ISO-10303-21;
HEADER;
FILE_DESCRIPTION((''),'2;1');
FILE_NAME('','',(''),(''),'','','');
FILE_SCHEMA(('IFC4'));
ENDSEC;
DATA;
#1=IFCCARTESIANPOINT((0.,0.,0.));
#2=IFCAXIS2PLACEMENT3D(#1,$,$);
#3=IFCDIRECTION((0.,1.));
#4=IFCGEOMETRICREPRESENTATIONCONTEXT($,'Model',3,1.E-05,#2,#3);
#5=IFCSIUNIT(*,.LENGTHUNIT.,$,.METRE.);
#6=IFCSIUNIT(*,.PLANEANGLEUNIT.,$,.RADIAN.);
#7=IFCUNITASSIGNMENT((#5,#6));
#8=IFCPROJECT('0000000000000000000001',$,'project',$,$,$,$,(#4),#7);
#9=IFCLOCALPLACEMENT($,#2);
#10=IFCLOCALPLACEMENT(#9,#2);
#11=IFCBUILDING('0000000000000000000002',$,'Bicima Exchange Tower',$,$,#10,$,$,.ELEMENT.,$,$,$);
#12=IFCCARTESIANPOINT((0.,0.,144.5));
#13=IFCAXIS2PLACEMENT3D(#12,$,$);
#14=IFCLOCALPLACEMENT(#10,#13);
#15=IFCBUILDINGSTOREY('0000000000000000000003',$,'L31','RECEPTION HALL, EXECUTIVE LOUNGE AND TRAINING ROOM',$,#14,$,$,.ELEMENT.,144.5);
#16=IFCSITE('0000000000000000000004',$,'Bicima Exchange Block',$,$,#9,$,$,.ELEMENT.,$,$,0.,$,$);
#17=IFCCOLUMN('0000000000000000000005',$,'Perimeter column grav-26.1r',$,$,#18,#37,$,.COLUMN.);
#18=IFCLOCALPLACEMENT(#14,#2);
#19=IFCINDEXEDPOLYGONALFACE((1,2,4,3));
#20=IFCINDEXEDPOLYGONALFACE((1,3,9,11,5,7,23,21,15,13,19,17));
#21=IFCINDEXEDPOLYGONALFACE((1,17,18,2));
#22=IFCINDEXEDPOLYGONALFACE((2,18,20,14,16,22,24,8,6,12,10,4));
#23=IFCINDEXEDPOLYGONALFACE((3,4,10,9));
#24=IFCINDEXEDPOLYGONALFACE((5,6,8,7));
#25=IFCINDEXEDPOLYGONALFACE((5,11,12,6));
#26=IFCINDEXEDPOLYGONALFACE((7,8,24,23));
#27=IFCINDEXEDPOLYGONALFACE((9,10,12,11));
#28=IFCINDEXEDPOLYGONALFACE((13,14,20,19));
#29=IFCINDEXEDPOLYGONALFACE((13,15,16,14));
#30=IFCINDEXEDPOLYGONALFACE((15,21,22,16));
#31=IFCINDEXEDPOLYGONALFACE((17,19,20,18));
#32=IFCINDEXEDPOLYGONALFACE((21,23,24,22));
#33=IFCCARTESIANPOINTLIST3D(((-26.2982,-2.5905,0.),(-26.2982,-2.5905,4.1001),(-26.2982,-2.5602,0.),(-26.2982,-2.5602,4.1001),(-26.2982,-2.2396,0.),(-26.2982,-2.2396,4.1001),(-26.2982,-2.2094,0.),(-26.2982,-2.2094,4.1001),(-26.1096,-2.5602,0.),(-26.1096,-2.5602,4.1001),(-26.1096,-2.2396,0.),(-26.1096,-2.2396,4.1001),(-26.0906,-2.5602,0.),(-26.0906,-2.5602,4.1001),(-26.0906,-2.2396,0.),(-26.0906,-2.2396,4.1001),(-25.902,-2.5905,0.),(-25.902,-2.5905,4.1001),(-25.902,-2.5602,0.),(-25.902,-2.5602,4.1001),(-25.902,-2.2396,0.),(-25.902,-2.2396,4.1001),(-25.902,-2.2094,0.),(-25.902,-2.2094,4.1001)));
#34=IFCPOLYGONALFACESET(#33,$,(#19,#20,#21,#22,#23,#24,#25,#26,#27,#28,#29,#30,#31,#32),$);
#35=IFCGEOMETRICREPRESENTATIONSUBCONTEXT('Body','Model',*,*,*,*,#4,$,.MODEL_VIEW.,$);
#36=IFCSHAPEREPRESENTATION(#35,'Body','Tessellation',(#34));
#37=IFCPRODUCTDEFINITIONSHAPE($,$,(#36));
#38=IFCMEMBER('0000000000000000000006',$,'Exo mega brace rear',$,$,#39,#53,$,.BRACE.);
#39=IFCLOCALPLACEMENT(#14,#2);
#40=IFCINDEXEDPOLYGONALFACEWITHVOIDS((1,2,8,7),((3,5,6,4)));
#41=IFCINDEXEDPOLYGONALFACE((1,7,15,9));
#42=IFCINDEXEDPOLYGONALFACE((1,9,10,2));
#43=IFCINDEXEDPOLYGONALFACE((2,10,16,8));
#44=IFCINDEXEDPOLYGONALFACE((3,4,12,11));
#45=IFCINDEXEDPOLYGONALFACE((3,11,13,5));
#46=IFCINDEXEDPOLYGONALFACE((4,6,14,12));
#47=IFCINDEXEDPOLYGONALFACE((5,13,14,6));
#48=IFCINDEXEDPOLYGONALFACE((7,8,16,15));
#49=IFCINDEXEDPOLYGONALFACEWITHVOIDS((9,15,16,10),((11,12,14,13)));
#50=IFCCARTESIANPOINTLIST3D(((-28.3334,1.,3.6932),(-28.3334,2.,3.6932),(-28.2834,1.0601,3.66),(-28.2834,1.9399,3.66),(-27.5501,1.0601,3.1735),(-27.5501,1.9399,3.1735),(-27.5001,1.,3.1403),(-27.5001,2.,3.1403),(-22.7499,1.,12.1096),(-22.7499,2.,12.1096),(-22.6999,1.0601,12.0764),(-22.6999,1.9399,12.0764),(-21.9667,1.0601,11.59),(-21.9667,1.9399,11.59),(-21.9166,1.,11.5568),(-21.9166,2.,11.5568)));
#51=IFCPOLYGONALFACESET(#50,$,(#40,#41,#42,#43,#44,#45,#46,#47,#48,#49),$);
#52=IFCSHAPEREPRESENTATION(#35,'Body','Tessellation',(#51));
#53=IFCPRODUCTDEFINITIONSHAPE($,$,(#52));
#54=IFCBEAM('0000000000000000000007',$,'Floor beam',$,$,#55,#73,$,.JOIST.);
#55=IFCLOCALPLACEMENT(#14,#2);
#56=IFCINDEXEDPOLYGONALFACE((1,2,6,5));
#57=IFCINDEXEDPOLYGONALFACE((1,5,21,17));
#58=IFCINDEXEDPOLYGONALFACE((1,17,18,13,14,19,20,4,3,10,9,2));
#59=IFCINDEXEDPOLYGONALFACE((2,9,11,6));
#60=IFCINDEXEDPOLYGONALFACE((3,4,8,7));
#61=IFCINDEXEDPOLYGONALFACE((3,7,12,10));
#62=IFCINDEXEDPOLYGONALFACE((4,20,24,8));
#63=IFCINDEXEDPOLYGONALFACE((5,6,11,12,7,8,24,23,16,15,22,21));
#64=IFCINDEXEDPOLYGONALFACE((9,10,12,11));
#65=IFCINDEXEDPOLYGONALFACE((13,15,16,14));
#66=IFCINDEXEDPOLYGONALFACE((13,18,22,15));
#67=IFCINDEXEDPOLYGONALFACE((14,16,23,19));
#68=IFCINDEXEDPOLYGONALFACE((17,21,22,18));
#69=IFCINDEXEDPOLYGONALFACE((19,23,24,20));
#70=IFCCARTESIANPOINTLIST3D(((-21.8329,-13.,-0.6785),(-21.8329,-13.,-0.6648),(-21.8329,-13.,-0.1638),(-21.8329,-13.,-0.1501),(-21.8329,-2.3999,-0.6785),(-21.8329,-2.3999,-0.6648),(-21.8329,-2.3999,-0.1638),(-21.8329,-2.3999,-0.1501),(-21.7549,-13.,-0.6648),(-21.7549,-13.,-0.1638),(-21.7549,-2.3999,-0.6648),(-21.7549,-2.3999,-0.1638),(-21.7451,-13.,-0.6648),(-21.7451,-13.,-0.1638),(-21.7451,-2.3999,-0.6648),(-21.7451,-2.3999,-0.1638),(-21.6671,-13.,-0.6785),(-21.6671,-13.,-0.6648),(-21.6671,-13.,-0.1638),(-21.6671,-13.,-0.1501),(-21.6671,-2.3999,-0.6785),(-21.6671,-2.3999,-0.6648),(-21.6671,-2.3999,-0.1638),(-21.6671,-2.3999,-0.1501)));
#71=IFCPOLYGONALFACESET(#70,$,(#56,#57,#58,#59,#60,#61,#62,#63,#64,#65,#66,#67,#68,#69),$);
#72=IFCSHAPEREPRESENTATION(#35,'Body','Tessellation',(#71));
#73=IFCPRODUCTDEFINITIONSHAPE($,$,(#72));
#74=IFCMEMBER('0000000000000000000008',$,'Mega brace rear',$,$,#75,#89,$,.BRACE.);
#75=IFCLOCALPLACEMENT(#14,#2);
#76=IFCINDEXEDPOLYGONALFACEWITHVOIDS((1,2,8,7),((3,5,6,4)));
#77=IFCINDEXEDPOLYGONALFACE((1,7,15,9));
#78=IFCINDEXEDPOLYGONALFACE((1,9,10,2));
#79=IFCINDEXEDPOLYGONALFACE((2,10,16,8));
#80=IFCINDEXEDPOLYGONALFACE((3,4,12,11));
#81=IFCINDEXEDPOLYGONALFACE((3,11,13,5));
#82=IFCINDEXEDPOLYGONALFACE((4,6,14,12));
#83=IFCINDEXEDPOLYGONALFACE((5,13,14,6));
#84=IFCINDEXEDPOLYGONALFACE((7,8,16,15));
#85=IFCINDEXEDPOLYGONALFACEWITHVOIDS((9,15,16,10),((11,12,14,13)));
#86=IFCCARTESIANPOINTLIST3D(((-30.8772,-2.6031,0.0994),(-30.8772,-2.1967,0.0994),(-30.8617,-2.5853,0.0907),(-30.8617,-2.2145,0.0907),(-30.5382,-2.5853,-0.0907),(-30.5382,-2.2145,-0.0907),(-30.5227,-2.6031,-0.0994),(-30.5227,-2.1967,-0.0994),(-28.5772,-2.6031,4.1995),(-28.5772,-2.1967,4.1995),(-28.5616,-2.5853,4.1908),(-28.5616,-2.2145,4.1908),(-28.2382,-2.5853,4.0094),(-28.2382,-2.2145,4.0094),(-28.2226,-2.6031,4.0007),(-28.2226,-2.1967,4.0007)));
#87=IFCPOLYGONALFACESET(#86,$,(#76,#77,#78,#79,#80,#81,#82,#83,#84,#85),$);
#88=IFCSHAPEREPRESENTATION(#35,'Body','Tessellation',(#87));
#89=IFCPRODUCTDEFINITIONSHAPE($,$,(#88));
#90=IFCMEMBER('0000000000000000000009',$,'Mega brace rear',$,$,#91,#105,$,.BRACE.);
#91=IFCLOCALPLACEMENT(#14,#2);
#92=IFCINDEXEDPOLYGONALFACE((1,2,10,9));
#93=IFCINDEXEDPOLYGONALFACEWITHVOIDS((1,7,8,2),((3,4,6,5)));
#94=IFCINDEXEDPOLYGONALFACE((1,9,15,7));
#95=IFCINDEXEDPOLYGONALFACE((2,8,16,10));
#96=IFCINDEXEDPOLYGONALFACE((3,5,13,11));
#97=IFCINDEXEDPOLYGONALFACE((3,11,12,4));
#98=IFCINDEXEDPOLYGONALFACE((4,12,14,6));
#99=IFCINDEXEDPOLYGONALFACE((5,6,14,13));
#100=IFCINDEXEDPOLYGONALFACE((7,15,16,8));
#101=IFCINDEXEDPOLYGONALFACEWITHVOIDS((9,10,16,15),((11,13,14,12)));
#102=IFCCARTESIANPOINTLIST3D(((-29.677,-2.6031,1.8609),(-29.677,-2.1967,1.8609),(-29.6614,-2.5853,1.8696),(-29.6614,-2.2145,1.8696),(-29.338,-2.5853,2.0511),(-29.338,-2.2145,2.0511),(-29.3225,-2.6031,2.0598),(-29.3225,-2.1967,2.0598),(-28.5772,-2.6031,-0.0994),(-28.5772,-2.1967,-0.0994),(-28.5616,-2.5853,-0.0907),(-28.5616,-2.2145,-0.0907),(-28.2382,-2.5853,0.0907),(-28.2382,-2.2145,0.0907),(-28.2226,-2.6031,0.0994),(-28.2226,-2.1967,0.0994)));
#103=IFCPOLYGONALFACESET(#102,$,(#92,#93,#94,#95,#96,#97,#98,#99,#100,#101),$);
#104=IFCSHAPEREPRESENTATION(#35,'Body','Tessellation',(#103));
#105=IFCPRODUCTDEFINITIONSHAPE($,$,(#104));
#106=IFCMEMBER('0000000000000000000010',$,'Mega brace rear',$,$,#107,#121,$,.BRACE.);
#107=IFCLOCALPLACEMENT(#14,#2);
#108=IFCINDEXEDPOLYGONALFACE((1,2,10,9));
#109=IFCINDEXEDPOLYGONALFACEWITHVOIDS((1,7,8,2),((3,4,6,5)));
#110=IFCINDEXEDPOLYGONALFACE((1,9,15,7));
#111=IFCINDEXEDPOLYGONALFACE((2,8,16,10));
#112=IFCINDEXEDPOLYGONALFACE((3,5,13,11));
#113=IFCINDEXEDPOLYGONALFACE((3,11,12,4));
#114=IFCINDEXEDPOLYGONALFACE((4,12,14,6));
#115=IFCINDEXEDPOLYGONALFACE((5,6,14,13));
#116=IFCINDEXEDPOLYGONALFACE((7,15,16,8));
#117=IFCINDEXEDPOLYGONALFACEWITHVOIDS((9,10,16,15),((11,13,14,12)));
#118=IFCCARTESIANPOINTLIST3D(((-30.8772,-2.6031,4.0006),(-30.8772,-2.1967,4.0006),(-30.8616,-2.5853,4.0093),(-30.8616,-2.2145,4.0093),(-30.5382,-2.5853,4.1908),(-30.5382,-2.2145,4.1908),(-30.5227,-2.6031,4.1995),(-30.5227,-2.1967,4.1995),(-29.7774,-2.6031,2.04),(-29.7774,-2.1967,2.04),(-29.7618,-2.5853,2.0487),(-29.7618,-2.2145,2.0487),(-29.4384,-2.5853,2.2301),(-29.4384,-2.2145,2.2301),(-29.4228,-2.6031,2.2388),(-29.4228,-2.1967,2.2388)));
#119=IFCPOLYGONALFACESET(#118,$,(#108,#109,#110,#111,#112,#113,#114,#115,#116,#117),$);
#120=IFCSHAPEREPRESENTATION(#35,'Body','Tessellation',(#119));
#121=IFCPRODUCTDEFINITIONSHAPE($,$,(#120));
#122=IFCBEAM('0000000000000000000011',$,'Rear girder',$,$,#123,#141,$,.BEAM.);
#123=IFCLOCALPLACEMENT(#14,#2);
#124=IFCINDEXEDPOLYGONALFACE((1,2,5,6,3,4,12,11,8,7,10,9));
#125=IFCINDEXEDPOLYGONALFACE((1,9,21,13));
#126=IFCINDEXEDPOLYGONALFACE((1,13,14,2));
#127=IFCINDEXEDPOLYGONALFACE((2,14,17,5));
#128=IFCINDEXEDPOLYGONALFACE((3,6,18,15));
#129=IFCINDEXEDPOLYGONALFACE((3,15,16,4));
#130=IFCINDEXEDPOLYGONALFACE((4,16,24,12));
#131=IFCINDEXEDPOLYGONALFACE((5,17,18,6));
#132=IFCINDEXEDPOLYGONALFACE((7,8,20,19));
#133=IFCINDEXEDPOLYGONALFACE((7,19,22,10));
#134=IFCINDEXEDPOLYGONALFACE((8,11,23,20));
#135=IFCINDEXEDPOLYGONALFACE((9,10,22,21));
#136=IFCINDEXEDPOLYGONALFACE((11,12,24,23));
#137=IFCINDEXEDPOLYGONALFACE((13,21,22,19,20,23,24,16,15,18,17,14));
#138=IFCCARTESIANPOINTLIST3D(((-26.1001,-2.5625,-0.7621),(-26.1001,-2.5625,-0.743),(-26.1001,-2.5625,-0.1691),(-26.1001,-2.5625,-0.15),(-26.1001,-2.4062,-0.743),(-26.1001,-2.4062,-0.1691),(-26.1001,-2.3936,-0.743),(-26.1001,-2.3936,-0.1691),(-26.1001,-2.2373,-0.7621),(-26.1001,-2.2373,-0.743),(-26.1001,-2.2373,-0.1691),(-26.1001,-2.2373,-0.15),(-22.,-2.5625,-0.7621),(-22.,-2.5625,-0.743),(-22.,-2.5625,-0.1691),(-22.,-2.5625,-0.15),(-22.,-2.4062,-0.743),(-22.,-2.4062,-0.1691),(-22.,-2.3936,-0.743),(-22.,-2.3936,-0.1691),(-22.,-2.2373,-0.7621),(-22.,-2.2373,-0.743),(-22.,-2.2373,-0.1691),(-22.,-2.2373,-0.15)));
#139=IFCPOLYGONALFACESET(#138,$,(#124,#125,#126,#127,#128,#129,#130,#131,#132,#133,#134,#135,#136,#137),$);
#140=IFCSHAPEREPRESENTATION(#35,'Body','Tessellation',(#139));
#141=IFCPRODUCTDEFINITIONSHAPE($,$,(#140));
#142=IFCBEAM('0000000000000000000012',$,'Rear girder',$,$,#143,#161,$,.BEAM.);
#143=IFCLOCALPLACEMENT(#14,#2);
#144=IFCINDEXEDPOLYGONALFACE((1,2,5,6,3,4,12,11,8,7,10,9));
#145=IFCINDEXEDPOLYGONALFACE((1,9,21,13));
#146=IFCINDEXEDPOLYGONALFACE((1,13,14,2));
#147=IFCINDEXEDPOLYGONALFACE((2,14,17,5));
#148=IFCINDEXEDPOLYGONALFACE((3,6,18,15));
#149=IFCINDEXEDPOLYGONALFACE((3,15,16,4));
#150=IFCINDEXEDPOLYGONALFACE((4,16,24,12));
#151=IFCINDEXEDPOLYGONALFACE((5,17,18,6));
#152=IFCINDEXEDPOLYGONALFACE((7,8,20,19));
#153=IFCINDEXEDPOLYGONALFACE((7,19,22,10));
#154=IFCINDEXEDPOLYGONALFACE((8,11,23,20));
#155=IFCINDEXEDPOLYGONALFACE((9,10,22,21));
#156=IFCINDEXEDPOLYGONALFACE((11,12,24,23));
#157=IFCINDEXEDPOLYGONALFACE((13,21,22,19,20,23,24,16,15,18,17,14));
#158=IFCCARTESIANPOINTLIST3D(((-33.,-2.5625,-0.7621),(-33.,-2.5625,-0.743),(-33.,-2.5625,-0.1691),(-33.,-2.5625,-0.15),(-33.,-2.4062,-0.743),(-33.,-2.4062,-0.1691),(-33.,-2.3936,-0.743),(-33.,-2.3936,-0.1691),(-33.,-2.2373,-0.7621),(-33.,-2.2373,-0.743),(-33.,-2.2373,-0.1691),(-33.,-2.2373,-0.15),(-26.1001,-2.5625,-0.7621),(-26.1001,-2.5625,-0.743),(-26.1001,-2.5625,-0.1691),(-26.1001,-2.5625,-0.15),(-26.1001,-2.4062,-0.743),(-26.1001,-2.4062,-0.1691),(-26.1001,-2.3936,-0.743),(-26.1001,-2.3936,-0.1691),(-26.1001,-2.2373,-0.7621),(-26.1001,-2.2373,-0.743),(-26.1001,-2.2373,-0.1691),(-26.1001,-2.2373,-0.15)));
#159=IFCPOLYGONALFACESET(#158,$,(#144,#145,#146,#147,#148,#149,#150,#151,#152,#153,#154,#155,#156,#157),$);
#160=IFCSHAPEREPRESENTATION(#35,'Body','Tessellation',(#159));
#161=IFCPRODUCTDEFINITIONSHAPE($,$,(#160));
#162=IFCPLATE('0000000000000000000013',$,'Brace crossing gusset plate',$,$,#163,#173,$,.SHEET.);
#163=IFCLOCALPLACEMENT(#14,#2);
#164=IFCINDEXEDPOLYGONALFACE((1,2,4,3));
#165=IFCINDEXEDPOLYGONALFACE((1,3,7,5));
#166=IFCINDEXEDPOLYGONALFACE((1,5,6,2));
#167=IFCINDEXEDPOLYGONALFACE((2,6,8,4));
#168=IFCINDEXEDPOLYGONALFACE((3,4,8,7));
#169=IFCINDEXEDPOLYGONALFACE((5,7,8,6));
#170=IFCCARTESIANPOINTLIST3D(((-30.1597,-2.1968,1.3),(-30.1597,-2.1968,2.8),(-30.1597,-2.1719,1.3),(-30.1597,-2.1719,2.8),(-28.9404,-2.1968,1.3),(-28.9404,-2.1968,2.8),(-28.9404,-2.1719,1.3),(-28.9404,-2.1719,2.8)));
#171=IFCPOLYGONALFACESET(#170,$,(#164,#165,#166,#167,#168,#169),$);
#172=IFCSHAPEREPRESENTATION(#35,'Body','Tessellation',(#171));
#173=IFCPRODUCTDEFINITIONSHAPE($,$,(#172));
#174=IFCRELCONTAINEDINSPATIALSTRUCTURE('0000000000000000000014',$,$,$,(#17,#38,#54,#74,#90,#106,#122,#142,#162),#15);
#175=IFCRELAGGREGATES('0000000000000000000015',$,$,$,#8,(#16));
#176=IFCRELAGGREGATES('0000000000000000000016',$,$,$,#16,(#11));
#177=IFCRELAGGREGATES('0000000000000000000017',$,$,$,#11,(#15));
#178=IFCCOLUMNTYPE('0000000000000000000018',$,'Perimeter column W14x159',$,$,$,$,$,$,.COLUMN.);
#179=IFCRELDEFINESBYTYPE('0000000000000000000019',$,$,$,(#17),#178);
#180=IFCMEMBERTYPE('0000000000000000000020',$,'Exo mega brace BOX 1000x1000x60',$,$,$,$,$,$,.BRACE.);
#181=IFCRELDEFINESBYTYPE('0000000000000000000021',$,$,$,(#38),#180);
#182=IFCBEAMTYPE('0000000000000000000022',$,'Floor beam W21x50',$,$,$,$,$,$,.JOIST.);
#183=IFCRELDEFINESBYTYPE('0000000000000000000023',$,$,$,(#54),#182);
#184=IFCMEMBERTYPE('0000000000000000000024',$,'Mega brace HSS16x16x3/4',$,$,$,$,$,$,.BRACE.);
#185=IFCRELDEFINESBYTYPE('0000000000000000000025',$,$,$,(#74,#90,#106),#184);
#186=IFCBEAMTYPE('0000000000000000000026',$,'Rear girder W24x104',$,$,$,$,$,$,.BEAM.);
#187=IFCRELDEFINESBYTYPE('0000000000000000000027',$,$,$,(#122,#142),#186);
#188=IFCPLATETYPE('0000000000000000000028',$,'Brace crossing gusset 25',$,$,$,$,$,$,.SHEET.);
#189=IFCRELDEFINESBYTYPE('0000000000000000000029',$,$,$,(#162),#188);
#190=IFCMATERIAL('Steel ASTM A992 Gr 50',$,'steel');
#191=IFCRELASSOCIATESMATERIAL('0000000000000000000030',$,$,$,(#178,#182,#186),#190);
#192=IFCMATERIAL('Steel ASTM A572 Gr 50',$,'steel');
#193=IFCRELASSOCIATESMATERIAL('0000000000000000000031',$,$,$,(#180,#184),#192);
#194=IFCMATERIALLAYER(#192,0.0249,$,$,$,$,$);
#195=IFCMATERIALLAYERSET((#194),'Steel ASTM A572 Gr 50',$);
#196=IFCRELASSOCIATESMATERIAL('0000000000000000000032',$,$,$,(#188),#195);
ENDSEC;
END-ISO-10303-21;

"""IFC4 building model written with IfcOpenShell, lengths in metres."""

from ifc_helpers import new_model, si_unit, direction, frame, origin, origin_2d, place, context, subcontext, project, spatial, rectangle, hollow_rectangle, i_section, extrude, material, layer, layer_set, material_profile, profile_set, type_object, element, save


model = new_model("IFC4")

# Units and contexts
model_context = context("Model", 3, precision=1e-05, world=origin(), true_north=direction((0.0, 1.0)))
body_context = subcontext(model_context, "Body", "Model", "MODEL_VIEW")
ifc_project = project(units=[si_unit("LENGTHUNIT", "METRE"), si_unit("PLANEANGLEUNIT", "RADIAN")], contexts=[model_context])

# Site, building, storey
site_placement = place(None, origin())
site = spatial("IfcSite", under=ifc_project, at=site_placement, Name="Bicima Exchange Block", CompositionType="ELEMENT", RefElevation=0.0)
building_placement = place(site_placement, origin())
building = spatial("IfcBuilding", under=site, at=building_placement, Name="Bicima Exchange Tower", CompositionType="ELEMENT")
storey_placement = place(building_placement, frame((0.0, 0.0, 144.5)))
storey = spatial("IfcBuildingStorey", under=building, at=storey_placement, Name="L31", Description="RECEPTION HALL, EXECUTIVE LOUNGE AND TRAINING ROOM", CompositionType="ELEMENT", Elevation=144.5)

# Column
ifc_material_1 = material(Name="Steel ASTM A992 Gr 50", Category="steel")
ifc_material_profile_1 = material_profile(ifc_material_1, i_section(OverallWidth=0.3962, OverallDepth=0.3811, WebThickness=0.019, FlangeThickness=0.0303, at=origin_2d()))
ifc_profile_set_1 = profile_set([ifc_material_profile_1], Name="Steel ASTM A992 Gr 50")
column_type = type_object("IfcColumnType", Name="Perimeter column W14x159", PredefinedType="COLUMN", material=ifc_profile_set_1)
column_placement = place(storey_placement, frame((-26.1001, -2.3999, 0.0), z_axis=(0.0, 0.0, 1.0), x_axis=(1.0, 0.0, 0.0)))
element("IfcColumn", 1, at=column_placement, inside=storey, type_object=column_type, Name="Perimeter column grav-26.1r", PredefinedType="COLUMN", context=body_context, shape_type="SweptSolid", body=[
    extrude(i_section(OverallWidth=0.3962, OverallDepth=0.3811, WebThickness=0.019, FlangeThickness=0.0303, at=origin_2d()), origin(), (0.0, 0.0, 1.0), 4.1001),
])

# Member
ifc_material_2 = material(Name="Steel ASTM A572 Gr 50", Category="steel")
ifc_material_profile_2 = material_profile(ifc_material_2, hollow_rectangle(XDim=1.0, YDim=1.0, WallThickness=0.0601, at=origin_2d()))
ifc_profile_set_2 = profile_set([ifc_material_profile_2], Name="Steel ASTM A572 Gr 50")
member_type_1 = type_object("IfcMemberType", Name="Exo mega brace BOX 1000x1000x60", PredefinedType="BRACE", material=ifc_profile_set_2)
member_1_placement = place(storey_placement, frame((-27.9167, 1.5, 3.4167), z_axis=(0.552813, 0.0, 0.833305), x_axis=(0.0, 1.0, 0.0)))
element("IfcMember", 2, at=member_1_placement, inside=storey, type_object=member_type_1, Name="Exo mega brace rear", PredefinedType="BRACE", context=body_context, shape_type="SweptSolid", body=[
    extrude(hollow_rectangle(XDim=1.0, YDim=1.0, WallThickness=0.0601, at=origin_2d()), origin(), (0.0, 0.0, 1.0), 10.1001),
])

# Beam
ifc_material_profile_3 = material_profile(ifc_material_1, i_section(OverallWidth=0.1658, OverallDepth=0.5283, WebThickness=0.0098, FlangeThickness=0.0137, at=origin_2d()))
ifc_profile_set_3 = profile_set([ifc_material_profile_3], Name="Steel ASTM A992 Gr 50")
beam_type_1 = type_object("IfcBeamType", Name="Floor beam W21x50", PredefinedType="JOIST", material=ifc_profile_set_3)
beam_1_placement = place(storey_placement, frame((-21.75, -2.3999, -0.4143), z_axis=(0.0, -1.0, 0.0), x_axis=(1.0, 0.0, 0.0)))
element("IfcBeam", 3, at=beam_1_placement, inside=storey, type_object=beam_type_1, Name="Floor beam", PredefinedType="JOIST", context=body_context, shape_type="SweptSolid", body=[
    extrude(i_section(OverallWidth=0.1658, OverallDepth=0.5283, WebThickness=0.0098, FlangeThickness=0.0137, at=origin_2d()), origin(), (0.0, 0.0, 1.0), 10.6001),
])

# Members
ifc_material_profile_4 = material_profile(ifc_material_2, hollow_rectangle(XDim=0.4065, YDim=0.4065, WallThickness=0.0178, at=origin_2d()))
ifc_profile_set_4 = profile_set([ifc_material_profile_4], Name="Steel ASTM A572 Gr 50")
member_type_2 = type_object("IfcMemberType", Name="Mega brace HSS16x16x3/4", PredefinedType="BRACE", material=ifc_profile_set_4)
member_2_placement = place(storey_placement, frame((-30.7, -2.3999, 0.0), z_axis=(0.48925, 0.0, 0.872144), x_axis=(0.0, 1.0, 0.0)))
element("IfcMember", 4, at=member_2_placement, inside=storey, type_object=member_type_2, Name="Mega brace rear", PredefinedType="BRACE", context=body_context, shape_type="SweptSolid", body=[
    extrude(hollow_rectangle(XDim=0.4065, YDim=0.4065, WallThickness=0.0178, at=origin_2d()), origin(), (0.0, 0.0, 1.0), 4.7012),
])
member_3_placement = place(storey_placement, frame((-28.3999, -2.3999, 0.0), z_axis=(-0.489281, 0.0, 0.872126), x_axis=(0.0, -1.0, 0.0)))
element("IfcMember", 5, at=member_3_placement, inside=storey, type_object=member_type_2, Name="Mega brace rear", PredefinedType="BRACE", context=body_context, shape_type="SweptSolid", body=[
    extrude(hollow_rectangle(XDim=0.4065, YDim=0.4065, WallThickness=0.0178, at=origin_2d()), origin(), (0.0, 0.0, 1.0), 2.2478),
])
member_4_placement = place(storey_placement, frame((-29.6001, -2.3999, 2.1394), z_axis=(-0.489235, 0.0, 0.872152), x_axis=(0.0, -1.0, 0.0)))
element("IfcMember", 6, at=member_4_placement, inside=storey, type_object=member_type_2, Name="Mega brace rear", PredefinedType="BRACE", context=body_context, shape_type="SweptSolid", body=[
    extrude(hollow_rectangle(XDim=0.4065, YDim=0.4065, WallThickness=0.0178, at=origin_2d()), origin(), (0.0, 0.0, 1.0), 2.248),
])

# Beams
ifc_material_profile_5 = material_profile(ifc_material_1, i_section(OverallWidth=0.3252, OverallDepth=0.6121, WebThickness=0.0127, FlangeThickness=0.019, at=origin_2d()))
ifc_profile_set_5 = profile_set([ifc_material_profile_5], Name="Steel ASTM A992 Gr 50")
beam_type_2 = type_object("IfcBeamType", Name="Rear girder W24x104", PredefinedType="BEAM", material=ifc_profile_set_5)
beam_2_placement = place(storey_placement, frame((-22.0, -2.3999, -0.4561), z_axis=(-1.0, 0.0, 0.0), x_axis=(0.0, -1.0, 0.0)))
element("IfcBeam", 7, at=beam_2_placement, inside=storey, type_object=beam_type_2, Name="Rear girder", PredefinedType="BEAM", context=body_context, shape_type="SweptSolid", body=[
    extrude(i_section(OverallWidth=0.3252, OverallDepth=0.6121, WebThickness=0.0127, FlangeThickness=0.019, at=origin_2d()), origin(), (0.0, 0.0, 1.0), 4.1001),
])
beam_3_placement = place(storey_placement, frame((-26.1001, -2.3999, -0.4561), z_axis=(-1.0, 0.0, 0.0), x_axis=(0.0, -1.0, 0.0)))
element("IfcBeam", 8, at=beam_3_placement, inside=storey, type_object=beam_type_2, Name="Rear girder", PredefinedType="BEAM", context=body_context, shape_type="SweptSolid", body=[
    extrude(i_section(OverallWidth=0.3252, OverallDepth=0.6121, WebThickness=0.0127, FlangeThickness=0.019, at=origin_2d()), origin(), (0.0, 0.0, 1.0), 6.8999),
])

# Plate
ifc_layer_1 = layer(ifc_material_2, 0.0249)
ifc_layer_set_1 = layer_set([ifc_layer_1], Name="Steel ASTM A572 Gr 50")
plate_type = type_object("IfcPlateType", Name="Brace crossing gusset 25", PredefinedType="SHEET", material=ifc_layer_set_1)
plate_placement = place(storey_placement, frame((-29.55, -2.1843, 1.3), z_axis=(0.0, 0.0, 1.0), x_axis=(1.0, 0.0, 0.0)))
element("IfcPlate", 9, at=plate_placement, inside=storey, type_object=plate_type, Name="Brace crossing gusset plate", PredefinedType="SHEET", context=body_context, shape_type="SweptSolid", body=[
    extrude(rectangle(XDim=1.2192, YDim=0.0249, at=origin_2d()), origin(), (0.0, 0.0, 1.0), 1.5),
])

save(model, "model.ifc")
